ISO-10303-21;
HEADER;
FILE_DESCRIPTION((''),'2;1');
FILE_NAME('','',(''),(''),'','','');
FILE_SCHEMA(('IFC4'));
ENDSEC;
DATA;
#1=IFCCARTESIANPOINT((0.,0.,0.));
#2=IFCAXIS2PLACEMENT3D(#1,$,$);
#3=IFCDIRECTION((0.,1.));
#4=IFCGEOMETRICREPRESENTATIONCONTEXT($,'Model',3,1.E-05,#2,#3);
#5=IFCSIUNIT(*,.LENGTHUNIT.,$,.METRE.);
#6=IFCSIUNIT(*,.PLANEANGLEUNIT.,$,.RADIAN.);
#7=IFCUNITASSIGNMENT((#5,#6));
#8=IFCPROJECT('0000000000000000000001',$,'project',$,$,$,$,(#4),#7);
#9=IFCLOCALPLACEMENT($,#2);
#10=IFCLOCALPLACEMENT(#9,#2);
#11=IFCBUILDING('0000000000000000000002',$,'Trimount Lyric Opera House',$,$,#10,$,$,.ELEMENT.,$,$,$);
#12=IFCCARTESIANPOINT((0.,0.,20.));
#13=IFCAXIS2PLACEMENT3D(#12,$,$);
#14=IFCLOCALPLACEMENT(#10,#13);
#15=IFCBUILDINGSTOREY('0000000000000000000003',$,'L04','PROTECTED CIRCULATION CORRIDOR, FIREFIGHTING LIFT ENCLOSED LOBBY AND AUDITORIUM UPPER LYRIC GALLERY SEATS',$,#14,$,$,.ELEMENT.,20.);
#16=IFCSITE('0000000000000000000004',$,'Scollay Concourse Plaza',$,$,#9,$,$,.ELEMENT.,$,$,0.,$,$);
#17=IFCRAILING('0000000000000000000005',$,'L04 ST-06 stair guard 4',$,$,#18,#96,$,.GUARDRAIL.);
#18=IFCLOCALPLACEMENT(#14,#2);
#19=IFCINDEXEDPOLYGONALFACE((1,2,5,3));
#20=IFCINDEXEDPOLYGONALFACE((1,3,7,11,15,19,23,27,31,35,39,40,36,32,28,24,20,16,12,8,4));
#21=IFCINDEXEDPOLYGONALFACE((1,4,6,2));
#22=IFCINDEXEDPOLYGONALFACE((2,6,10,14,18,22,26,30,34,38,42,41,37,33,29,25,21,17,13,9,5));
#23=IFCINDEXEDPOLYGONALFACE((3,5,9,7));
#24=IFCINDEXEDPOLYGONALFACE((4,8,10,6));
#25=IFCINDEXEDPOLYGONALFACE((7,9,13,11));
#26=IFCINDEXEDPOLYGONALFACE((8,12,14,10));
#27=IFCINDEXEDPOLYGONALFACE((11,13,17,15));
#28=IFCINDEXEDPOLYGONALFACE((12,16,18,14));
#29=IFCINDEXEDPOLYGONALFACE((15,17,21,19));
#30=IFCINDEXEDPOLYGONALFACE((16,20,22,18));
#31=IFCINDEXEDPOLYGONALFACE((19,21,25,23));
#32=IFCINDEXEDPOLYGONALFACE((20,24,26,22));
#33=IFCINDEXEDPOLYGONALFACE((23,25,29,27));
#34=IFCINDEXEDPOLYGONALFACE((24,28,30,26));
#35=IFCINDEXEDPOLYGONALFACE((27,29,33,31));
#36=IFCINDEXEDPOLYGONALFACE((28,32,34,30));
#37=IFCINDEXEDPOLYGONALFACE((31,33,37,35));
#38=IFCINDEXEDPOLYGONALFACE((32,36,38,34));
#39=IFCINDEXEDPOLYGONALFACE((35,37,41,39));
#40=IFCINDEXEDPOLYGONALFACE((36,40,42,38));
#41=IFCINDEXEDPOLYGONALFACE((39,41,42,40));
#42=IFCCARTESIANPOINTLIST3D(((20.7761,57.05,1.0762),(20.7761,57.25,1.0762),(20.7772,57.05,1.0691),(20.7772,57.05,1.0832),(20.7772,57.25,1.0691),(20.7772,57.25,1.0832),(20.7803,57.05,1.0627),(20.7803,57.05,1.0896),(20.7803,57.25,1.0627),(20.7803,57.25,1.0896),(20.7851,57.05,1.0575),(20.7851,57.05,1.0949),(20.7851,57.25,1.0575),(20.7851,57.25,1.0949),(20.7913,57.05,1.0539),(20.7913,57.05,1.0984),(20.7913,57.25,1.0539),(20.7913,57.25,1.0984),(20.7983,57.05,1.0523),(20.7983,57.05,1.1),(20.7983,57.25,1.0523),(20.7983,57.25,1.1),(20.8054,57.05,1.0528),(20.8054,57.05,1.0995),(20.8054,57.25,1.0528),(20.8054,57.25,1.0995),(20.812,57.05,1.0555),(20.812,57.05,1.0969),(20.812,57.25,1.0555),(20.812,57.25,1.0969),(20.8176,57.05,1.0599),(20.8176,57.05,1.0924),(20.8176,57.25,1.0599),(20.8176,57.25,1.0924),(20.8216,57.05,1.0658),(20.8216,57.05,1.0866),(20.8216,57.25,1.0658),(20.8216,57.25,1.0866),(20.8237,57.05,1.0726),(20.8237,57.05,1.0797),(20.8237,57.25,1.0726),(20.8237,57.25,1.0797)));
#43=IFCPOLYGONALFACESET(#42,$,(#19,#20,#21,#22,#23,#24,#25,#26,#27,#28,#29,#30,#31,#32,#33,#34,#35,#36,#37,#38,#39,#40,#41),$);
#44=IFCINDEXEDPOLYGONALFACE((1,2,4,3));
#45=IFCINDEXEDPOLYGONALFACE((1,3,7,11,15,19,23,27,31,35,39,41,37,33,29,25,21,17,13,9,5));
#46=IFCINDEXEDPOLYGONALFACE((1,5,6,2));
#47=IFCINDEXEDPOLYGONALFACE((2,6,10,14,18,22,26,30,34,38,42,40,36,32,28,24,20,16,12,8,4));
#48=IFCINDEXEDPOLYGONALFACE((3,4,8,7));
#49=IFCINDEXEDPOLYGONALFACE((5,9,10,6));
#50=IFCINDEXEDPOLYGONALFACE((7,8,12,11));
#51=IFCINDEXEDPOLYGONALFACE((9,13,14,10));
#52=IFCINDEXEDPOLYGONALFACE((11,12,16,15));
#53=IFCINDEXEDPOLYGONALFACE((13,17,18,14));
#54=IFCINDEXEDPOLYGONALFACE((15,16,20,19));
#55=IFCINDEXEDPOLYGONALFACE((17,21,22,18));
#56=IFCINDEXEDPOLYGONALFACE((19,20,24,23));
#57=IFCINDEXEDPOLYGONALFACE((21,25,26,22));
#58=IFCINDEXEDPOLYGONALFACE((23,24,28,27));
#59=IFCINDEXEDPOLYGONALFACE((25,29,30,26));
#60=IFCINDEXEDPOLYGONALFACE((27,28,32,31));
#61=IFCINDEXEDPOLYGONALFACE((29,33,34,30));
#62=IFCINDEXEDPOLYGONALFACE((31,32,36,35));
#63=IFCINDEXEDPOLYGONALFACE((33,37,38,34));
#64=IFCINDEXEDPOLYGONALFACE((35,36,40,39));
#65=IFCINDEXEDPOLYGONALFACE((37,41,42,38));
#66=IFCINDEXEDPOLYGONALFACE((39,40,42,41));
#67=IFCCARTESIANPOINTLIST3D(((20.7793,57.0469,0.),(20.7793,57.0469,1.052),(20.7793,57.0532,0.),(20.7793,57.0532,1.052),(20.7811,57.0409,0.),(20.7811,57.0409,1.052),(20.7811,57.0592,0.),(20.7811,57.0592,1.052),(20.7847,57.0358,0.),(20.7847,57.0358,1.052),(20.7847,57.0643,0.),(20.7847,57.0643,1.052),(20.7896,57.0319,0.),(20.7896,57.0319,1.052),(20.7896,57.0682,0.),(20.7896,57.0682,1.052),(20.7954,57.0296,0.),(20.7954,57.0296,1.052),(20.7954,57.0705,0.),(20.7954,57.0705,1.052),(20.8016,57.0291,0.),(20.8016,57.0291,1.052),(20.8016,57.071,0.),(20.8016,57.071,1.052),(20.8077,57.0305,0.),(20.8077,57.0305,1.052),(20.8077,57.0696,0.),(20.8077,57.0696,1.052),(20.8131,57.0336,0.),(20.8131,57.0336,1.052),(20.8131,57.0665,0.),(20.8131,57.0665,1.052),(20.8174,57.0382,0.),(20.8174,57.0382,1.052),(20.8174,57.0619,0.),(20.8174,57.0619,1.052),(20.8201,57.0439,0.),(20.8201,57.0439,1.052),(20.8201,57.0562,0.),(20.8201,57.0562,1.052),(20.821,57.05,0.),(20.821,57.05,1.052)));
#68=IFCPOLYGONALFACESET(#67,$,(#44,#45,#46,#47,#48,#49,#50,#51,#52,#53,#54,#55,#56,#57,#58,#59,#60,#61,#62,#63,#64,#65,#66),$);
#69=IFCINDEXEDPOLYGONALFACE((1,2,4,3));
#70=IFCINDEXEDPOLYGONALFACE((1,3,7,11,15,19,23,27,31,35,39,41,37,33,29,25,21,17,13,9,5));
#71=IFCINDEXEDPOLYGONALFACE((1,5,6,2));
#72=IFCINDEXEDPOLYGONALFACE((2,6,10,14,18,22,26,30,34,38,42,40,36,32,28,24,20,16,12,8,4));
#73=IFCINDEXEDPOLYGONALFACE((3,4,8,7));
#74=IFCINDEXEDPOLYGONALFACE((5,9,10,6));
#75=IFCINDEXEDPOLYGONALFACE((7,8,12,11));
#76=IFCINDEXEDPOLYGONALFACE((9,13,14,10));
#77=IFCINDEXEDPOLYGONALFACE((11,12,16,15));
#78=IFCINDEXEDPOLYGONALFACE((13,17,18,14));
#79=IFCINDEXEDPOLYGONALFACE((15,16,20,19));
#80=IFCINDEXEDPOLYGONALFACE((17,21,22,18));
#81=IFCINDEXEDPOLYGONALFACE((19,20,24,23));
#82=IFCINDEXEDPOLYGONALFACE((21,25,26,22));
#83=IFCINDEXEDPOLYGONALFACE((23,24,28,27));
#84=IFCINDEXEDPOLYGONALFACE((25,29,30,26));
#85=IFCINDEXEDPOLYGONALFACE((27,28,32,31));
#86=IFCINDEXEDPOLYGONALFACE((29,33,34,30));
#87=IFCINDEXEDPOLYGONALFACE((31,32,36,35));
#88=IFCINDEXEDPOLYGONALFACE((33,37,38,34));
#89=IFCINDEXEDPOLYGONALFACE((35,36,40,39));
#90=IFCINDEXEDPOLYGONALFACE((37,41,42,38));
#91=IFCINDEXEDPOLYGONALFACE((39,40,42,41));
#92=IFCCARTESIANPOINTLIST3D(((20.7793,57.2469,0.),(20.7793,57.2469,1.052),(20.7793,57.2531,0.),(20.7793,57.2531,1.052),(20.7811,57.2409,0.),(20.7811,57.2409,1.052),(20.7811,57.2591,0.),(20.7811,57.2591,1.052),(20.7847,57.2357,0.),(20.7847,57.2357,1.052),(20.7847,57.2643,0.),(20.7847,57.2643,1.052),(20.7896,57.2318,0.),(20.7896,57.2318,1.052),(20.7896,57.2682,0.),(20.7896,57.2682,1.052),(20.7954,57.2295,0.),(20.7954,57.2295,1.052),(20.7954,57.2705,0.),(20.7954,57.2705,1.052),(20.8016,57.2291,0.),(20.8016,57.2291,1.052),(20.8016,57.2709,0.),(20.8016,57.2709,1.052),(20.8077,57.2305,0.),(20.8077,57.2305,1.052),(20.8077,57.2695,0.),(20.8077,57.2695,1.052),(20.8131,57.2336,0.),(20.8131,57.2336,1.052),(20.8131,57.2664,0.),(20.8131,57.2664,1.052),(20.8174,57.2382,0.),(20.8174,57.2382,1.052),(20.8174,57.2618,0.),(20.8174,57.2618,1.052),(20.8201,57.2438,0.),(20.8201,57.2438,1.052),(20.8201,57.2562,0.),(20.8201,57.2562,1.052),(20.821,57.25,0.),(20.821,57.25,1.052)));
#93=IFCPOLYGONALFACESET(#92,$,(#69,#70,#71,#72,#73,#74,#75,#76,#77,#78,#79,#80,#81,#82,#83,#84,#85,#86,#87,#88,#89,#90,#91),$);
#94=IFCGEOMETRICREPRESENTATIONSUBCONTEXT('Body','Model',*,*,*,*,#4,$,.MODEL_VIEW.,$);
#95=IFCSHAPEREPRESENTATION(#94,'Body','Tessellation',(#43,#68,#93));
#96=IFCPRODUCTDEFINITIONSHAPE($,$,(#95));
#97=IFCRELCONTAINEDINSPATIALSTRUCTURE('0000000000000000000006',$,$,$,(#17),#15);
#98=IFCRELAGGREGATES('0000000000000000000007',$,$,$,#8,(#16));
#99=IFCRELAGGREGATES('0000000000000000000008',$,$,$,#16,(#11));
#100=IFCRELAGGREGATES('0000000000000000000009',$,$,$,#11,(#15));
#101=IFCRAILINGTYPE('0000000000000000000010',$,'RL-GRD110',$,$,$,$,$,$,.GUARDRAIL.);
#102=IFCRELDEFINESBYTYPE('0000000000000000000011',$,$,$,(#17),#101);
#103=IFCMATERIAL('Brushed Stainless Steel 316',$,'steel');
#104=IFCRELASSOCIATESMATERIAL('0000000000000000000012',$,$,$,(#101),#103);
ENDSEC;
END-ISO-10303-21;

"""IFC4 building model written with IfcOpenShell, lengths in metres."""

from ifc_helpers import new_model, si_unit, direction, frame, origin, origin_2d, place, context, subcontext, project, spatial, circle, extrude, material, type_object, element, save


model = new_model("IFC4")

# Units and contexts
model_context = context("Model", 3, precision=1e-05, world=origin(), true_north=direction((0.0, 1.0)))
body_context = subcontext(model_context, "Body", "Model", "MODEL_VIEW")
ifc_project = project(units=[si_unit("LENGTHUNIT", "METRE"), si_unit("PLANEANGLEUNIT", "RADIAN")], contexts=[model_context])

# Site, building, storey
site_placement = place(None, origin())
site = spatial("IfcSite", under=ifc_project, at=site_placement, Name="Scollay Concourse Plaza", CompositionType="ELEMENT", RefElevation=0.0)
building_placement = place(site_placement, origin())
building = spatial("IfcBuilding", under=site, at=building_placement, Name="Trimount Lyric Opera House", CompositionType="ELEMENT")
storey_placement = place(building_placement, frame((0.0, 0.0, 20.0)))
storey = spatial("IfcBuildingStorey", under=building, at=storey_placement, Name="L04", Description="PROTECTED CIRCULATION CORRIDOR, FIREFIGHTING LIFT ENCLOSED LOBBY AND AUDITORIUM UPPER LYRIC GALLERY SEATS", CompositionType="ELEMENT", Elevation=20.0)

# Railing
ifc_material_1 = material(Name="Brushed Stainless Steel 316", Category="steel")
railing_type_1 = type_object("IfcRailingType", Name="RL-GRD110", PredefinedType="GUARDRAIL", material=ifc_material_1)
railing_1_placement = place(storey_placement, frame((20.8, 57.05, 0.0)))
element("IfcRailing", 1, at=railing_1_placement, inside=storey, type_object=railing_type_1, Name="L04 ST-06 stair guard 4", PredefinedType="GUARDRAIL", context=body_context, shape_type="SweptSolid", body=[
    extrude(circle(Radius=0.0239, at=origin_2d()), frame((0.0, 0.0, 1.0762), z_axis=(0.0, 1.0, 0.0), x_axis=(-1.0, 0.0, 0.0)), (0.0, 0.0, 1.0), 0.2),
    extrude(circle(Radius=0.021, at=origin_2d()), origin(), (0.0, 0.0, 1.0), 1.052),
    extrude(circle(Radius=0.021, at=origin_2d()), frame((0.0, 0.2, 0.0)), (0.0, 0.0, 1.0), 1.052),
])

save(model, "model.ifc")
